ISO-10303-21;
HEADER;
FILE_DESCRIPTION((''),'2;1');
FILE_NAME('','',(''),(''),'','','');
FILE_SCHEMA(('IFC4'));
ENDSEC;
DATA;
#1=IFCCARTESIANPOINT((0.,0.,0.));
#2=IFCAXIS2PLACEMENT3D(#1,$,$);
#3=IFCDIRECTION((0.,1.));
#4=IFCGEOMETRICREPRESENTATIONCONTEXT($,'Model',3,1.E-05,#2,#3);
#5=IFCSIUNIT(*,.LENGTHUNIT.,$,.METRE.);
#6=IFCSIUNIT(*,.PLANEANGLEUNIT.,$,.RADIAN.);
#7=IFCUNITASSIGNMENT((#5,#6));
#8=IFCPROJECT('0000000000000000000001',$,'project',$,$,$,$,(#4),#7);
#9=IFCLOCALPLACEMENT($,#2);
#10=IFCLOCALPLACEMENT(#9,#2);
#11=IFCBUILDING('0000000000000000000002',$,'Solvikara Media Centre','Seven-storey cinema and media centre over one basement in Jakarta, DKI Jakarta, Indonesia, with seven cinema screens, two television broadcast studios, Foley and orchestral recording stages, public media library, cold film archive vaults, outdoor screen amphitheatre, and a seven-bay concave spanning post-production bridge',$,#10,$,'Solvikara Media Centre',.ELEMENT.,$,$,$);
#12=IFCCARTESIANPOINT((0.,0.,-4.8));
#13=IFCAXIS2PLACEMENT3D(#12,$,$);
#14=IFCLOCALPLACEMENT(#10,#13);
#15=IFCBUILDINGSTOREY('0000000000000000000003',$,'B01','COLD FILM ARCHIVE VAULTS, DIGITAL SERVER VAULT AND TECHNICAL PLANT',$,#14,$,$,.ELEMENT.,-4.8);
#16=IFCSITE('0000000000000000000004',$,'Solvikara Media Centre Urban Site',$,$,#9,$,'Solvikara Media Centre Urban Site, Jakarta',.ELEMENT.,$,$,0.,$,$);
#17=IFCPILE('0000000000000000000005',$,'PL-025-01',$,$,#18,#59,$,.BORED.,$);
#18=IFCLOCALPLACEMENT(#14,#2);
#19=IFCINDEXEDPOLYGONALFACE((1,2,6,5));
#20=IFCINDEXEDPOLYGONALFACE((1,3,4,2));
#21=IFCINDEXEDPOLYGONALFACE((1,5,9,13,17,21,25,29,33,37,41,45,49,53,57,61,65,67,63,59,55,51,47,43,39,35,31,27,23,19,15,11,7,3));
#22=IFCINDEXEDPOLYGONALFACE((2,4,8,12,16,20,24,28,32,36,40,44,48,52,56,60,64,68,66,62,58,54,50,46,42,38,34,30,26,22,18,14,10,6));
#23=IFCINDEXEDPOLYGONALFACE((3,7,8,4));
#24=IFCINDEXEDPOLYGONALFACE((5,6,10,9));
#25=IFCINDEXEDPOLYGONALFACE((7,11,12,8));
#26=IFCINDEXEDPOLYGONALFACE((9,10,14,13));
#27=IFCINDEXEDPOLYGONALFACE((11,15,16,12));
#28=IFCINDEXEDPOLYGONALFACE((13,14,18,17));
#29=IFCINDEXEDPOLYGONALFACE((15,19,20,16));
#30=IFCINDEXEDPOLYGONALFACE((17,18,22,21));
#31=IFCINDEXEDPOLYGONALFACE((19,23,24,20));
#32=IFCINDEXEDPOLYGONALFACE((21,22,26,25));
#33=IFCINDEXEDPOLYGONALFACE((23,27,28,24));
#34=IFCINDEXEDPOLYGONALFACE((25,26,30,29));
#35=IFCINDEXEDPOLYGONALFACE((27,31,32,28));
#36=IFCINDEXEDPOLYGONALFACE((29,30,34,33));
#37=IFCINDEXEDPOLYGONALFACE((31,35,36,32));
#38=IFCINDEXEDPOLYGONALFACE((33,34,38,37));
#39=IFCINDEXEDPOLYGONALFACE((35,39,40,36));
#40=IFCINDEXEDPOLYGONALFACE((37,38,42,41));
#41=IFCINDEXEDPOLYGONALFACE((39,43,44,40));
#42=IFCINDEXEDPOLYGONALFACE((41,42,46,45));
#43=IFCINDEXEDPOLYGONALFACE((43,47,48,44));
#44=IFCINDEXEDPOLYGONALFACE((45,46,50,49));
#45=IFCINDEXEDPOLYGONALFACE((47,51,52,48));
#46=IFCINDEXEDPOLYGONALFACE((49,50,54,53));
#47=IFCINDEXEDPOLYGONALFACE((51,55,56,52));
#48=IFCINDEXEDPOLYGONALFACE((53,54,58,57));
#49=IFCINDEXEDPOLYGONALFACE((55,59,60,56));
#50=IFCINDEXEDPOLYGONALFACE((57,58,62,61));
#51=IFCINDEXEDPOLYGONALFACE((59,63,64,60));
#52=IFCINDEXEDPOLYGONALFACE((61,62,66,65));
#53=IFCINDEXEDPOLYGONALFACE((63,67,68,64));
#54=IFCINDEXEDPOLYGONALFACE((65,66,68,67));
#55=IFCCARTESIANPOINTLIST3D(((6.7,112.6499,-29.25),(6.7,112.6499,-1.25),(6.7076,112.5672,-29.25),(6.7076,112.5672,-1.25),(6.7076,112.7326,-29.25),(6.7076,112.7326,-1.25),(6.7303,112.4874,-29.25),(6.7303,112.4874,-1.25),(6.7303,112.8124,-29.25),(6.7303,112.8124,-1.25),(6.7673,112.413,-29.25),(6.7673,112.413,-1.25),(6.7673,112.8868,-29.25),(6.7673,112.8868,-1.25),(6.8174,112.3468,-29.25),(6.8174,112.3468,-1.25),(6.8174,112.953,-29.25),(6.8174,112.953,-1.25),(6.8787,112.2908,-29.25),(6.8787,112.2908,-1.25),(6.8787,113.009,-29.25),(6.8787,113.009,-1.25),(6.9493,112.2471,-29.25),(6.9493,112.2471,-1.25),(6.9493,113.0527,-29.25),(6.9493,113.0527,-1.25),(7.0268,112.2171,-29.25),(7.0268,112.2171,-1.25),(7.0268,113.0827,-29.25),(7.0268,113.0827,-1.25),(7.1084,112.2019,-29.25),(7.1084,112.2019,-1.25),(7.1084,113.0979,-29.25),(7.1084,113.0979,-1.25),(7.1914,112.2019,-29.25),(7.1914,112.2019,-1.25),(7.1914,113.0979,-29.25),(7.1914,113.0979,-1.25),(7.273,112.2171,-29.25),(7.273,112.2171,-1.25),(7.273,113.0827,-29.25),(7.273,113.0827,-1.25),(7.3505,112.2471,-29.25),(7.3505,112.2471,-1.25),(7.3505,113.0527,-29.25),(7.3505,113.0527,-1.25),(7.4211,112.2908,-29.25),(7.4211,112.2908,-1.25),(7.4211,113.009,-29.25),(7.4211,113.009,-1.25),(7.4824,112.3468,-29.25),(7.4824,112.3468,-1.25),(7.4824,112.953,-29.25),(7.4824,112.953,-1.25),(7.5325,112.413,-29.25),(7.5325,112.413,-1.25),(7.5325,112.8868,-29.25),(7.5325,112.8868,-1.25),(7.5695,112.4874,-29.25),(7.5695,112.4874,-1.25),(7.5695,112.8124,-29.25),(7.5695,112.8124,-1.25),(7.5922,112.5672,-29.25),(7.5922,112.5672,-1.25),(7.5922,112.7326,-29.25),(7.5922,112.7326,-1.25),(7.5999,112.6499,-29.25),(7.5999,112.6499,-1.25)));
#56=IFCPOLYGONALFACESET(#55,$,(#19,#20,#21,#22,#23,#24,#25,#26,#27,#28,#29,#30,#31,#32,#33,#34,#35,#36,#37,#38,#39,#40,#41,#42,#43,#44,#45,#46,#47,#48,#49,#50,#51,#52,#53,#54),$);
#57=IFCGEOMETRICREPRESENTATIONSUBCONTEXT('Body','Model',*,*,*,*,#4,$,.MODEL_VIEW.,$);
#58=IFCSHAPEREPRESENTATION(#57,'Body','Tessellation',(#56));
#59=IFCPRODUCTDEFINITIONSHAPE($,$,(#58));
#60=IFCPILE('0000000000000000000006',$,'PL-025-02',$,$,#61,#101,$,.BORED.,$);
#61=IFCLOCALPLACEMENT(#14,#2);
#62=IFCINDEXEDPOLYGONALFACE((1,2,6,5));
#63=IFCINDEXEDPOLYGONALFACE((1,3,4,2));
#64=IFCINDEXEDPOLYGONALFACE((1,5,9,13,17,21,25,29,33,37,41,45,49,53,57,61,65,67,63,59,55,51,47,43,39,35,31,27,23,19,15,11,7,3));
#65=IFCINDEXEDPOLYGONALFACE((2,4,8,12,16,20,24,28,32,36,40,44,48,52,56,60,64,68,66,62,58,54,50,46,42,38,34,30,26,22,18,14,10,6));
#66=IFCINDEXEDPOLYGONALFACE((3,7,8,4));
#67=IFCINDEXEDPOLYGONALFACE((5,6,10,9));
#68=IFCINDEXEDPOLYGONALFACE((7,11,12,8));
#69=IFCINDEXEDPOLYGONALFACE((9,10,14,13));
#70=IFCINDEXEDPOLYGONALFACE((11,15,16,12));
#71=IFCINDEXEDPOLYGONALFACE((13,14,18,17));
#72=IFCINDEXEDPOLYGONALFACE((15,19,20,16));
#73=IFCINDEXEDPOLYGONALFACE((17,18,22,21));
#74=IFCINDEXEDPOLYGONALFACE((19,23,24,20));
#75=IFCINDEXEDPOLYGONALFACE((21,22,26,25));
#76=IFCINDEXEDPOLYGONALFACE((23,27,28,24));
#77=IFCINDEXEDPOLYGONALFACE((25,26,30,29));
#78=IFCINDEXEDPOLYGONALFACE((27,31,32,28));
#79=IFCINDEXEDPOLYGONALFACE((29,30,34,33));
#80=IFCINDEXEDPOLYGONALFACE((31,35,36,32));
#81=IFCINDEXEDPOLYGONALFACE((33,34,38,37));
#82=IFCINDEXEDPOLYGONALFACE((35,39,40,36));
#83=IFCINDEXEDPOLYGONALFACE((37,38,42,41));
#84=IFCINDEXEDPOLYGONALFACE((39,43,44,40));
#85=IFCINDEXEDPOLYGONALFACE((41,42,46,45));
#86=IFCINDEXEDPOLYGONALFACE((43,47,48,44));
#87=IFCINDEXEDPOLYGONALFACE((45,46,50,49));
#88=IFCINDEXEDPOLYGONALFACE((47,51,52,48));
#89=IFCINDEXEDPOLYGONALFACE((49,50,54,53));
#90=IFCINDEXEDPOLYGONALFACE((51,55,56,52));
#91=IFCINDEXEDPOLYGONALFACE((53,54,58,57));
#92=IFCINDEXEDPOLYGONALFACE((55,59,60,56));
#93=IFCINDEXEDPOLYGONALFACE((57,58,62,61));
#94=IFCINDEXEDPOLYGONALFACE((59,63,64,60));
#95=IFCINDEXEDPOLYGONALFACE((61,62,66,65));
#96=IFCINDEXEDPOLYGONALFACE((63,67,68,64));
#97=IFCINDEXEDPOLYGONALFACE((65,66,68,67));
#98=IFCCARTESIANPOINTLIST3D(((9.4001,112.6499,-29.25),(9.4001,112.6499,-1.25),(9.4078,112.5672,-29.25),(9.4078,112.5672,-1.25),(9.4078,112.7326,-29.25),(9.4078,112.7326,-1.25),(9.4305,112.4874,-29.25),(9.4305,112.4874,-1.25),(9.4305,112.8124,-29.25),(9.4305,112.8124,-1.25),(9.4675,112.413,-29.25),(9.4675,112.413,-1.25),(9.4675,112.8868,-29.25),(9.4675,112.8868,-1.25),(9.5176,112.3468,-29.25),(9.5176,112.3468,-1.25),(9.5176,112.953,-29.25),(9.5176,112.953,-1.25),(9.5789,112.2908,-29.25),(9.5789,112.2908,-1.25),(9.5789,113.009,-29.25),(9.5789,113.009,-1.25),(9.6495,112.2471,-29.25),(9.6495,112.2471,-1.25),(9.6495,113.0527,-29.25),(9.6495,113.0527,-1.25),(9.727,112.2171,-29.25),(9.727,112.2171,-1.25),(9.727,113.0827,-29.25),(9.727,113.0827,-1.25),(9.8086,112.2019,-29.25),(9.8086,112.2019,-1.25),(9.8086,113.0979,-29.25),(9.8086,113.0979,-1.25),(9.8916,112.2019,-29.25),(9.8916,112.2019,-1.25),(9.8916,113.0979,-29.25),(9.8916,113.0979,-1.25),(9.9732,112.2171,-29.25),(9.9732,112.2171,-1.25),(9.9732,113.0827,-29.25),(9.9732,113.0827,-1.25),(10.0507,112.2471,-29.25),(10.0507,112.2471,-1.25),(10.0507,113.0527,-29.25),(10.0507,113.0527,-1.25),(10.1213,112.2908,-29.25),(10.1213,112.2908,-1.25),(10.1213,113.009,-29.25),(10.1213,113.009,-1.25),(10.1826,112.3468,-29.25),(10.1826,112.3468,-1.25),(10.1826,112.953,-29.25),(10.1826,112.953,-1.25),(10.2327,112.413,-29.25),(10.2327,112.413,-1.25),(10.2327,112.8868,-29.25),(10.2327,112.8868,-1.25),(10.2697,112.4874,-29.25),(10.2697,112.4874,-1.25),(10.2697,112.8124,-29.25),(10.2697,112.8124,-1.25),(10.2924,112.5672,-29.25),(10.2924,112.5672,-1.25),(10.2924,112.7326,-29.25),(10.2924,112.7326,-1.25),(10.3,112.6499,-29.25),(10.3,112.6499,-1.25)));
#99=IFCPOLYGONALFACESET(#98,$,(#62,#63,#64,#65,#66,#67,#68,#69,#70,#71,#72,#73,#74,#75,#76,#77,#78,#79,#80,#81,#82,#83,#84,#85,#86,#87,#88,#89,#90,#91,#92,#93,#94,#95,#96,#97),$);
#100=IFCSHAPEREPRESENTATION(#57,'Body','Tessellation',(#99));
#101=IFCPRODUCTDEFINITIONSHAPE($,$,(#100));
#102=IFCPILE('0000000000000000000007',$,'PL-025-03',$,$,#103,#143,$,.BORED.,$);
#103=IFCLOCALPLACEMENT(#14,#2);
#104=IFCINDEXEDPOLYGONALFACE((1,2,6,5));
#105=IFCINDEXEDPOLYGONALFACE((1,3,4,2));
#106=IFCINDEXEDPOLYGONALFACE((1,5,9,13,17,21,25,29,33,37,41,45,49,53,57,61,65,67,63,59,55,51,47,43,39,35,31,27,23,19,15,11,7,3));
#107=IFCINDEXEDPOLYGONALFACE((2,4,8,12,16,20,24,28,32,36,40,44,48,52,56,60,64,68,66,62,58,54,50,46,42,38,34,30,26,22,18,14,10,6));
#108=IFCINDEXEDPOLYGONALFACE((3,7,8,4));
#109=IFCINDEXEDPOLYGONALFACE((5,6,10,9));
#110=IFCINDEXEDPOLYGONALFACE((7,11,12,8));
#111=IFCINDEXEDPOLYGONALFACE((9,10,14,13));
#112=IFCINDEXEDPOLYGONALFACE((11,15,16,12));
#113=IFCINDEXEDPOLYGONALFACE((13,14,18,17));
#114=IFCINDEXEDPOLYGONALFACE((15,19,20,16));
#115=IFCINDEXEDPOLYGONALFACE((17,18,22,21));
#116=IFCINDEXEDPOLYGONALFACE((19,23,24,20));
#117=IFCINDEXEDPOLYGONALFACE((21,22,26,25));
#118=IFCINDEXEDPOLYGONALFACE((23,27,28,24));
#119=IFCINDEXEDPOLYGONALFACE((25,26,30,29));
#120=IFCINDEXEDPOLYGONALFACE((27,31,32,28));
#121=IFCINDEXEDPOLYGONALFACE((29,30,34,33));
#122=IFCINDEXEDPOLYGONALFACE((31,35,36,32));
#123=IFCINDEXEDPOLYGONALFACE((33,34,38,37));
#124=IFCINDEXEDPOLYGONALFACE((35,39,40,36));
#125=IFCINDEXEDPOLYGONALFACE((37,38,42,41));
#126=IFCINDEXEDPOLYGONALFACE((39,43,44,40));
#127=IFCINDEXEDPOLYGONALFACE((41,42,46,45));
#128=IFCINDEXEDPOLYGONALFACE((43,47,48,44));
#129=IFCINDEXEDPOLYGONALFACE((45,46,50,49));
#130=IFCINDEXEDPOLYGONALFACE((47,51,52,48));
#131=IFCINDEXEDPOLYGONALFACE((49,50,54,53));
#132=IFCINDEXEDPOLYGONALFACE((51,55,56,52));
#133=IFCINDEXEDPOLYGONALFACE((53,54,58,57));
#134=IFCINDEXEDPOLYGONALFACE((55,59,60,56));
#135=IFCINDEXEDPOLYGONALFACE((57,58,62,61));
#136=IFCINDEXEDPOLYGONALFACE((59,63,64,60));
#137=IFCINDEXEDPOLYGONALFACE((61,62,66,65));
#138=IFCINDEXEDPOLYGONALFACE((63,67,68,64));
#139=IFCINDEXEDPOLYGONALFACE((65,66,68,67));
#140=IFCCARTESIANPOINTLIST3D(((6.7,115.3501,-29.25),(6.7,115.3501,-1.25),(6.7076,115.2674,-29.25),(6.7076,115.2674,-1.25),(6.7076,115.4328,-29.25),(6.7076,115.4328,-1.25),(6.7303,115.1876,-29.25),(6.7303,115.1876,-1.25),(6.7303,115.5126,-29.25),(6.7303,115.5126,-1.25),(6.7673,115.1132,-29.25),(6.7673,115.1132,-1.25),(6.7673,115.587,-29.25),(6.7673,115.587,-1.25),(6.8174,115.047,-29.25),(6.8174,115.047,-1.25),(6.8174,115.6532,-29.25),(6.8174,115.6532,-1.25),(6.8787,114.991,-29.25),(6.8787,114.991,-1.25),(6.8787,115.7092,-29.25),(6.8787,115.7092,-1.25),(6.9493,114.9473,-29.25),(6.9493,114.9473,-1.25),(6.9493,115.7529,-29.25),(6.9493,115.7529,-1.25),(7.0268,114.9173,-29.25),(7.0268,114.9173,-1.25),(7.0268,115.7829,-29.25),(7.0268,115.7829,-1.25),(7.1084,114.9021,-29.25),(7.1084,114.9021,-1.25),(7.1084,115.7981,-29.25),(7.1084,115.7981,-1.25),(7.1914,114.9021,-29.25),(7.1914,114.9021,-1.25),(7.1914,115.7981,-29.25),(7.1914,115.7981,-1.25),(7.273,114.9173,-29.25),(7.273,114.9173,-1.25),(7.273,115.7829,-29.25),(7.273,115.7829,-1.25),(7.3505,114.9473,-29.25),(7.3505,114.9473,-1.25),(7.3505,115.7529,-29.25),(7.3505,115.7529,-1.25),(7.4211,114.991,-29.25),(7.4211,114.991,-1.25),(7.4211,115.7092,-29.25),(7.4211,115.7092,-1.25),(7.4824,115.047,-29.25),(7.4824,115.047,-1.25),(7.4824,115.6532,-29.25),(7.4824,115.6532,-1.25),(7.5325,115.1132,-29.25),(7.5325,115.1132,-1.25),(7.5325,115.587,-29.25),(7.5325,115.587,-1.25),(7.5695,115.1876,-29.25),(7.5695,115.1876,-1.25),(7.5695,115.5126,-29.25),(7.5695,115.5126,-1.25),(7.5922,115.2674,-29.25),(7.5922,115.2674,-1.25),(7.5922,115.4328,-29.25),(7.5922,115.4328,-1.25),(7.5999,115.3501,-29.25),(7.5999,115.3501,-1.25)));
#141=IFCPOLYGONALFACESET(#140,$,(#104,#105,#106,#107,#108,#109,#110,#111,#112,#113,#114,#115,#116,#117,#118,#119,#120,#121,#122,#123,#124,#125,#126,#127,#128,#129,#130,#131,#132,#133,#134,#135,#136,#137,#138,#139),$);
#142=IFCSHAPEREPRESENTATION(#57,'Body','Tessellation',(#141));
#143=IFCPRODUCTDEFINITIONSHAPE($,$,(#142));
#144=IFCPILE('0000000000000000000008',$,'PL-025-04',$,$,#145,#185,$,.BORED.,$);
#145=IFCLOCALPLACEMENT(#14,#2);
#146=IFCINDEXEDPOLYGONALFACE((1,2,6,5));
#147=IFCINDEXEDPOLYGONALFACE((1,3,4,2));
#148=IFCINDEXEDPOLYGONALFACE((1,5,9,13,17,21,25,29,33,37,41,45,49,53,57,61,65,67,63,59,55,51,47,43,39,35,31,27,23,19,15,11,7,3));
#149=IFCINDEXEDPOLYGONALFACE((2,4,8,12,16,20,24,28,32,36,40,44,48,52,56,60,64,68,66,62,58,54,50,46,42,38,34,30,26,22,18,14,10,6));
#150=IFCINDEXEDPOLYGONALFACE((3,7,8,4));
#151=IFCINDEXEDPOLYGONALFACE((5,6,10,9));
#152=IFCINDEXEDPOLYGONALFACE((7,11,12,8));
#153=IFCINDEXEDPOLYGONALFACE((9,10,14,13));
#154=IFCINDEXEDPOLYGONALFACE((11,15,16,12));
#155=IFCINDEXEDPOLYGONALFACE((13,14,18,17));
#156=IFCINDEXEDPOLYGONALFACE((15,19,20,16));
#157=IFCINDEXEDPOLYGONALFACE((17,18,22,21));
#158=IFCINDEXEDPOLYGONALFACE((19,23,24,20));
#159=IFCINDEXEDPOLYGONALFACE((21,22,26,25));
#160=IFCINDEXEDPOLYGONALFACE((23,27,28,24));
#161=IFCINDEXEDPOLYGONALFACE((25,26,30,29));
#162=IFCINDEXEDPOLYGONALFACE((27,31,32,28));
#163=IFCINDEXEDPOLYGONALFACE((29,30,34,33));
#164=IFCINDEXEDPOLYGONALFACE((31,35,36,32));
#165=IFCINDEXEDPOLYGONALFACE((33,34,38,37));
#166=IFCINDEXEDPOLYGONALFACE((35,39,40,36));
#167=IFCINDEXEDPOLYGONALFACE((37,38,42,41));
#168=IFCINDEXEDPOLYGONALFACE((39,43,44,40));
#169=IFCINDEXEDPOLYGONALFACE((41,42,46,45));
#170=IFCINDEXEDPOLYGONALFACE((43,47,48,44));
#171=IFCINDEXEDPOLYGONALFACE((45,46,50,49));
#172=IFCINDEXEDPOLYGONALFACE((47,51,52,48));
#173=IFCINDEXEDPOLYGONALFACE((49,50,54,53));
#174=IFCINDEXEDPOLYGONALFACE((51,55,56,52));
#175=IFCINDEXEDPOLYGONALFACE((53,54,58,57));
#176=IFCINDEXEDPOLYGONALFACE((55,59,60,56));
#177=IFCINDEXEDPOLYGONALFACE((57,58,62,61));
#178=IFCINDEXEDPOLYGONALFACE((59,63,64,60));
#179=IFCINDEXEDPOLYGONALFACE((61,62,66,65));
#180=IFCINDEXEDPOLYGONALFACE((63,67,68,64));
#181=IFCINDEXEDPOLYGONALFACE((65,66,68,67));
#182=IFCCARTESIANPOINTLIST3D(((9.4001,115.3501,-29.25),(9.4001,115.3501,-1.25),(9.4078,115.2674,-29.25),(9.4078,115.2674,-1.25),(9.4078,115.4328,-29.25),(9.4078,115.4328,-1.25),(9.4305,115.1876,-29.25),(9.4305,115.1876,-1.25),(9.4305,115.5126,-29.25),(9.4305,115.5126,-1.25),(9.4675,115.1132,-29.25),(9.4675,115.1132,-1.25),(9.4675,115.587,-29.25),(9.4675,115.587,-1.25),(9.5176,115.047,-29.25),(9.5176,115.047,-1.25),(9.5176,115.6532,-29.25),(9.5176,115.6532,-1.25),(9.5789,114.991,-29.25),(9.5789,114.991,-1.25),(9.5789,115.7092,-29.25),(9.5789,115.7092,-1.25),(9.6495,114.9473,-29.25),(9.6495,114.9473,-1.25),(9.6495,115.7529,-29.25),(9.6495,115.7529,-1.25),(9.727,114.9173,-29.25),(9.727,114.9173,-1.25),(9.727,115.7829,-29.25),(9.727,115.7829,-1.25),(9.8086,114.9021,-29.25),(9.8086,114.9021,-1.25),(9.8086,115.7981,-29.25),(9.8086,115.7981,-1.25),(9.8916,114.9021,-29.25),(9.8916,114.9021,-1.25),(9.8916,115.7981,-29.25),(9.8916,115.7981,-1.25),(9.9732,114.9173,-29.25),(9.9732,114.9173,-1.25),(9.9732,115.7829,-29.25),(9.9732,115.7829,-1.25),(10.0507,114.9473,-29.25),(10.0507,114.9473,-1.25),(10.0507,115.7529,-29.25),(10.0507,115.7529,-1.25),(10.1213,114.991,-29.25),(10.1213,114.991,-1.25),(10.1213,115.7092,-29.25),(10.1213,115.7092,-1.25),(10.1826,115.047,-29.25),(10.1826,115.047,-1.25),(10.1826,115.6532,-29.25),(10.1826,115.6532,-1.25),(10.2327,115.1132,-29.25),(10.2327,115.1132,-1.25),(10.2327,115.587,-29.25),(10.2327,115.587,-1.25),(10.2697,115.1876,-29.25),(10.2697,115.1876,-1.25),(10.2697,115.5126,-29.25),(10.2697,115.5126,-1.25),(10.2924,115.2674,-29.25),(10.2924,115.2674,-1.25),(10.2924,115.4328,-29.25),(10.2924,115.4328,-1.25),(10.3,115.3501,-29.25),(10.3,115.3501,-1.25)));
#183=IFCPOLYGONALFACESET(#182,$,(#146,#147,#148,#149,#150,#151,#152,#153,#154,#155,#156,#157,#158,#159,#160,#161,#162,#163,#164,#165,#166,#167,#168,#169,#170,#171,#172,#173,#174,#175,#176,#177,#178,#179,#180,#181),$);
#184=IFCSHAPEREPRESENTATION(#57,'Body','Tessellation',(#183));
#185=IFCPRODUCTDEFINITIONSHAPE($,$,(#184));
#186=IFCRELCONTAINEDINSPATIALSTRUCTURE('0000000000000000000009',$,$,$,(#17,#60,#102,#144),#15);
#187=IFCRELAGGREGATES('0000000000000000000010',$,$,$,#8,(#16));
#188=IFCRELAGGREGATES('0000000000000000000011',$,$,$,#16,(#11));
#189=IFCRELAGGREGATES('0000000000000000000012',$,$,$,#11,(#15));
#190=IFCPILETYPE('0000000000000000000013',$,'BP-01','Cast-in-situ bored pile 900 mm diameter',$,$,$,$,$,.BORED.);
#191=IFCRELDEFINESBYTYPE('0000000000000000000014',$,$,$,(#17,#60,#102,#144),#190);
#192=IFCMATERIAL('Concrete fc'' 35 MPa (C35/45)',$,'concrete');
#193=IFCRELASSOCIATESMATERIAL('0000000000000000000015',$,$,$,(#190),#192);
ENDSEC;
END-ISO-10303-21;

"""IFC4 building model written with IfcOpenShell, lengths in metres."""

from ifc_helpers import new_model, si_unit, direction, frame, origin, origin_2d, place, context, subcontext, project, spatial, circle, extrude, material, material_profile, profile_set, type_object, element, save


model = new_model("IFC4")

# Units and contexts
model_context = context("Model", 3, precision=1e-05, world=origin(), true_north=direction((0.0, 1.0)))
body_context = subcontext(model_context, "Body", "Model", "MODEL_VIEW")
ifc_project = project(units=[si_unit("LENGTHUNIT", "METRE"), si_unit("PLANEANGLEUNIT", "RADIAN")], contexts=[model_context])

# Site, building, storey
site_placement = place(None, origin())
site = spatial("IfcSite", under=ifc_project, at=site_placement, Name="Solvikara Media Centre Urban Site", LongName="Solvikara Media Centre Urban Site, Jakarta", CompositionType="ELEMENT", RefElevation=0.0)
building_placement = place(site_placement, origin())
building = spatial("IfcBuilding", under=site, at=building_placement, Name="Solvikara Media Centre", Description="Seven-storey cinema and media centre over one basement in Jakarta, DKI Jakarta, Indonesia, with seven cinema screens, two television broadcast studios, Foley and orchestral recording stages, public media library, cold film archive vaults, outdoor screen amphitheatre, and a seven-bay concave spanning post-production bridge", LongName="Solvikara Media Centre", CompositionType="ELEMENT")
storey_placement = place(building_placement, frame((0.0, 0.0, -4.8)))
storey = spatial("IfcBuildingStorey", under=building, at=storey_placement, Name="B01", Description="COLD FILM ARCHIVE VAULTS, DIGITAL SERVER VAULT AND TECHNICAL PLANT", CompositionType="ELEMENT", Elevation=-4.8)

# Piles
ifc_material_1 = material(Name="Concrete fc' 35 MPa (C35/45)", Category="concrete")
ifc_material_profile_1 = material_profile(ifc_material_1, circle(Radius=0.45, at=origin_2d()), Name="BORED PILE D900")
ifc_profile_set_1 = profile_set([ifc_material_profile_1], Name="Concrete fc' 35 MPa (C35/45)")
pile_type_1 = type_object("IfcPileType", Name="BP-01", Description="Cast-in-situ bored pile 900 mm diameter", PredefinedType="BORED", material=ifc_profile_set_1)
for number, where, z_axis, x_axis, name in (
    (1, (7.1499, 112.6499, -1.25), (0.0, 0.0, -1.0), (1.0, 0.0, 0.0), "PL-025-01"),
    (2, (9.8501, 112.6499, -1.25), (0.0, 0.0, -1.0), (1.0, 0.0, 0.0), "PL-025-02"),
    (3, (7.1499, 115.3501, -1.25), (0.0, 0.0, -1.0), (1.0, 0.0, 0.0), "PL-025-03"),
    (4, (9.8501, 115.3501, -1.25), (0.0, 0.0, -1.0), (1.0, 0.0, 0.0), "PL-025-04"),
):
    element("IfcPile", number, at=place(storey_placement, frame(where, z_axis=z_axis, x_axis=x_axis)), inside=storey, type_object=pile_type_1, Name=name, PredefinedType="BORED", context=body_context, shape_type="SweptSolid", body=[
        extrude(circle(Radius=0.45, at=origin_2d()), origin(), (0.0, 0.0, 1.0), 28.0),
    ])

save(model, "model.ifc")
